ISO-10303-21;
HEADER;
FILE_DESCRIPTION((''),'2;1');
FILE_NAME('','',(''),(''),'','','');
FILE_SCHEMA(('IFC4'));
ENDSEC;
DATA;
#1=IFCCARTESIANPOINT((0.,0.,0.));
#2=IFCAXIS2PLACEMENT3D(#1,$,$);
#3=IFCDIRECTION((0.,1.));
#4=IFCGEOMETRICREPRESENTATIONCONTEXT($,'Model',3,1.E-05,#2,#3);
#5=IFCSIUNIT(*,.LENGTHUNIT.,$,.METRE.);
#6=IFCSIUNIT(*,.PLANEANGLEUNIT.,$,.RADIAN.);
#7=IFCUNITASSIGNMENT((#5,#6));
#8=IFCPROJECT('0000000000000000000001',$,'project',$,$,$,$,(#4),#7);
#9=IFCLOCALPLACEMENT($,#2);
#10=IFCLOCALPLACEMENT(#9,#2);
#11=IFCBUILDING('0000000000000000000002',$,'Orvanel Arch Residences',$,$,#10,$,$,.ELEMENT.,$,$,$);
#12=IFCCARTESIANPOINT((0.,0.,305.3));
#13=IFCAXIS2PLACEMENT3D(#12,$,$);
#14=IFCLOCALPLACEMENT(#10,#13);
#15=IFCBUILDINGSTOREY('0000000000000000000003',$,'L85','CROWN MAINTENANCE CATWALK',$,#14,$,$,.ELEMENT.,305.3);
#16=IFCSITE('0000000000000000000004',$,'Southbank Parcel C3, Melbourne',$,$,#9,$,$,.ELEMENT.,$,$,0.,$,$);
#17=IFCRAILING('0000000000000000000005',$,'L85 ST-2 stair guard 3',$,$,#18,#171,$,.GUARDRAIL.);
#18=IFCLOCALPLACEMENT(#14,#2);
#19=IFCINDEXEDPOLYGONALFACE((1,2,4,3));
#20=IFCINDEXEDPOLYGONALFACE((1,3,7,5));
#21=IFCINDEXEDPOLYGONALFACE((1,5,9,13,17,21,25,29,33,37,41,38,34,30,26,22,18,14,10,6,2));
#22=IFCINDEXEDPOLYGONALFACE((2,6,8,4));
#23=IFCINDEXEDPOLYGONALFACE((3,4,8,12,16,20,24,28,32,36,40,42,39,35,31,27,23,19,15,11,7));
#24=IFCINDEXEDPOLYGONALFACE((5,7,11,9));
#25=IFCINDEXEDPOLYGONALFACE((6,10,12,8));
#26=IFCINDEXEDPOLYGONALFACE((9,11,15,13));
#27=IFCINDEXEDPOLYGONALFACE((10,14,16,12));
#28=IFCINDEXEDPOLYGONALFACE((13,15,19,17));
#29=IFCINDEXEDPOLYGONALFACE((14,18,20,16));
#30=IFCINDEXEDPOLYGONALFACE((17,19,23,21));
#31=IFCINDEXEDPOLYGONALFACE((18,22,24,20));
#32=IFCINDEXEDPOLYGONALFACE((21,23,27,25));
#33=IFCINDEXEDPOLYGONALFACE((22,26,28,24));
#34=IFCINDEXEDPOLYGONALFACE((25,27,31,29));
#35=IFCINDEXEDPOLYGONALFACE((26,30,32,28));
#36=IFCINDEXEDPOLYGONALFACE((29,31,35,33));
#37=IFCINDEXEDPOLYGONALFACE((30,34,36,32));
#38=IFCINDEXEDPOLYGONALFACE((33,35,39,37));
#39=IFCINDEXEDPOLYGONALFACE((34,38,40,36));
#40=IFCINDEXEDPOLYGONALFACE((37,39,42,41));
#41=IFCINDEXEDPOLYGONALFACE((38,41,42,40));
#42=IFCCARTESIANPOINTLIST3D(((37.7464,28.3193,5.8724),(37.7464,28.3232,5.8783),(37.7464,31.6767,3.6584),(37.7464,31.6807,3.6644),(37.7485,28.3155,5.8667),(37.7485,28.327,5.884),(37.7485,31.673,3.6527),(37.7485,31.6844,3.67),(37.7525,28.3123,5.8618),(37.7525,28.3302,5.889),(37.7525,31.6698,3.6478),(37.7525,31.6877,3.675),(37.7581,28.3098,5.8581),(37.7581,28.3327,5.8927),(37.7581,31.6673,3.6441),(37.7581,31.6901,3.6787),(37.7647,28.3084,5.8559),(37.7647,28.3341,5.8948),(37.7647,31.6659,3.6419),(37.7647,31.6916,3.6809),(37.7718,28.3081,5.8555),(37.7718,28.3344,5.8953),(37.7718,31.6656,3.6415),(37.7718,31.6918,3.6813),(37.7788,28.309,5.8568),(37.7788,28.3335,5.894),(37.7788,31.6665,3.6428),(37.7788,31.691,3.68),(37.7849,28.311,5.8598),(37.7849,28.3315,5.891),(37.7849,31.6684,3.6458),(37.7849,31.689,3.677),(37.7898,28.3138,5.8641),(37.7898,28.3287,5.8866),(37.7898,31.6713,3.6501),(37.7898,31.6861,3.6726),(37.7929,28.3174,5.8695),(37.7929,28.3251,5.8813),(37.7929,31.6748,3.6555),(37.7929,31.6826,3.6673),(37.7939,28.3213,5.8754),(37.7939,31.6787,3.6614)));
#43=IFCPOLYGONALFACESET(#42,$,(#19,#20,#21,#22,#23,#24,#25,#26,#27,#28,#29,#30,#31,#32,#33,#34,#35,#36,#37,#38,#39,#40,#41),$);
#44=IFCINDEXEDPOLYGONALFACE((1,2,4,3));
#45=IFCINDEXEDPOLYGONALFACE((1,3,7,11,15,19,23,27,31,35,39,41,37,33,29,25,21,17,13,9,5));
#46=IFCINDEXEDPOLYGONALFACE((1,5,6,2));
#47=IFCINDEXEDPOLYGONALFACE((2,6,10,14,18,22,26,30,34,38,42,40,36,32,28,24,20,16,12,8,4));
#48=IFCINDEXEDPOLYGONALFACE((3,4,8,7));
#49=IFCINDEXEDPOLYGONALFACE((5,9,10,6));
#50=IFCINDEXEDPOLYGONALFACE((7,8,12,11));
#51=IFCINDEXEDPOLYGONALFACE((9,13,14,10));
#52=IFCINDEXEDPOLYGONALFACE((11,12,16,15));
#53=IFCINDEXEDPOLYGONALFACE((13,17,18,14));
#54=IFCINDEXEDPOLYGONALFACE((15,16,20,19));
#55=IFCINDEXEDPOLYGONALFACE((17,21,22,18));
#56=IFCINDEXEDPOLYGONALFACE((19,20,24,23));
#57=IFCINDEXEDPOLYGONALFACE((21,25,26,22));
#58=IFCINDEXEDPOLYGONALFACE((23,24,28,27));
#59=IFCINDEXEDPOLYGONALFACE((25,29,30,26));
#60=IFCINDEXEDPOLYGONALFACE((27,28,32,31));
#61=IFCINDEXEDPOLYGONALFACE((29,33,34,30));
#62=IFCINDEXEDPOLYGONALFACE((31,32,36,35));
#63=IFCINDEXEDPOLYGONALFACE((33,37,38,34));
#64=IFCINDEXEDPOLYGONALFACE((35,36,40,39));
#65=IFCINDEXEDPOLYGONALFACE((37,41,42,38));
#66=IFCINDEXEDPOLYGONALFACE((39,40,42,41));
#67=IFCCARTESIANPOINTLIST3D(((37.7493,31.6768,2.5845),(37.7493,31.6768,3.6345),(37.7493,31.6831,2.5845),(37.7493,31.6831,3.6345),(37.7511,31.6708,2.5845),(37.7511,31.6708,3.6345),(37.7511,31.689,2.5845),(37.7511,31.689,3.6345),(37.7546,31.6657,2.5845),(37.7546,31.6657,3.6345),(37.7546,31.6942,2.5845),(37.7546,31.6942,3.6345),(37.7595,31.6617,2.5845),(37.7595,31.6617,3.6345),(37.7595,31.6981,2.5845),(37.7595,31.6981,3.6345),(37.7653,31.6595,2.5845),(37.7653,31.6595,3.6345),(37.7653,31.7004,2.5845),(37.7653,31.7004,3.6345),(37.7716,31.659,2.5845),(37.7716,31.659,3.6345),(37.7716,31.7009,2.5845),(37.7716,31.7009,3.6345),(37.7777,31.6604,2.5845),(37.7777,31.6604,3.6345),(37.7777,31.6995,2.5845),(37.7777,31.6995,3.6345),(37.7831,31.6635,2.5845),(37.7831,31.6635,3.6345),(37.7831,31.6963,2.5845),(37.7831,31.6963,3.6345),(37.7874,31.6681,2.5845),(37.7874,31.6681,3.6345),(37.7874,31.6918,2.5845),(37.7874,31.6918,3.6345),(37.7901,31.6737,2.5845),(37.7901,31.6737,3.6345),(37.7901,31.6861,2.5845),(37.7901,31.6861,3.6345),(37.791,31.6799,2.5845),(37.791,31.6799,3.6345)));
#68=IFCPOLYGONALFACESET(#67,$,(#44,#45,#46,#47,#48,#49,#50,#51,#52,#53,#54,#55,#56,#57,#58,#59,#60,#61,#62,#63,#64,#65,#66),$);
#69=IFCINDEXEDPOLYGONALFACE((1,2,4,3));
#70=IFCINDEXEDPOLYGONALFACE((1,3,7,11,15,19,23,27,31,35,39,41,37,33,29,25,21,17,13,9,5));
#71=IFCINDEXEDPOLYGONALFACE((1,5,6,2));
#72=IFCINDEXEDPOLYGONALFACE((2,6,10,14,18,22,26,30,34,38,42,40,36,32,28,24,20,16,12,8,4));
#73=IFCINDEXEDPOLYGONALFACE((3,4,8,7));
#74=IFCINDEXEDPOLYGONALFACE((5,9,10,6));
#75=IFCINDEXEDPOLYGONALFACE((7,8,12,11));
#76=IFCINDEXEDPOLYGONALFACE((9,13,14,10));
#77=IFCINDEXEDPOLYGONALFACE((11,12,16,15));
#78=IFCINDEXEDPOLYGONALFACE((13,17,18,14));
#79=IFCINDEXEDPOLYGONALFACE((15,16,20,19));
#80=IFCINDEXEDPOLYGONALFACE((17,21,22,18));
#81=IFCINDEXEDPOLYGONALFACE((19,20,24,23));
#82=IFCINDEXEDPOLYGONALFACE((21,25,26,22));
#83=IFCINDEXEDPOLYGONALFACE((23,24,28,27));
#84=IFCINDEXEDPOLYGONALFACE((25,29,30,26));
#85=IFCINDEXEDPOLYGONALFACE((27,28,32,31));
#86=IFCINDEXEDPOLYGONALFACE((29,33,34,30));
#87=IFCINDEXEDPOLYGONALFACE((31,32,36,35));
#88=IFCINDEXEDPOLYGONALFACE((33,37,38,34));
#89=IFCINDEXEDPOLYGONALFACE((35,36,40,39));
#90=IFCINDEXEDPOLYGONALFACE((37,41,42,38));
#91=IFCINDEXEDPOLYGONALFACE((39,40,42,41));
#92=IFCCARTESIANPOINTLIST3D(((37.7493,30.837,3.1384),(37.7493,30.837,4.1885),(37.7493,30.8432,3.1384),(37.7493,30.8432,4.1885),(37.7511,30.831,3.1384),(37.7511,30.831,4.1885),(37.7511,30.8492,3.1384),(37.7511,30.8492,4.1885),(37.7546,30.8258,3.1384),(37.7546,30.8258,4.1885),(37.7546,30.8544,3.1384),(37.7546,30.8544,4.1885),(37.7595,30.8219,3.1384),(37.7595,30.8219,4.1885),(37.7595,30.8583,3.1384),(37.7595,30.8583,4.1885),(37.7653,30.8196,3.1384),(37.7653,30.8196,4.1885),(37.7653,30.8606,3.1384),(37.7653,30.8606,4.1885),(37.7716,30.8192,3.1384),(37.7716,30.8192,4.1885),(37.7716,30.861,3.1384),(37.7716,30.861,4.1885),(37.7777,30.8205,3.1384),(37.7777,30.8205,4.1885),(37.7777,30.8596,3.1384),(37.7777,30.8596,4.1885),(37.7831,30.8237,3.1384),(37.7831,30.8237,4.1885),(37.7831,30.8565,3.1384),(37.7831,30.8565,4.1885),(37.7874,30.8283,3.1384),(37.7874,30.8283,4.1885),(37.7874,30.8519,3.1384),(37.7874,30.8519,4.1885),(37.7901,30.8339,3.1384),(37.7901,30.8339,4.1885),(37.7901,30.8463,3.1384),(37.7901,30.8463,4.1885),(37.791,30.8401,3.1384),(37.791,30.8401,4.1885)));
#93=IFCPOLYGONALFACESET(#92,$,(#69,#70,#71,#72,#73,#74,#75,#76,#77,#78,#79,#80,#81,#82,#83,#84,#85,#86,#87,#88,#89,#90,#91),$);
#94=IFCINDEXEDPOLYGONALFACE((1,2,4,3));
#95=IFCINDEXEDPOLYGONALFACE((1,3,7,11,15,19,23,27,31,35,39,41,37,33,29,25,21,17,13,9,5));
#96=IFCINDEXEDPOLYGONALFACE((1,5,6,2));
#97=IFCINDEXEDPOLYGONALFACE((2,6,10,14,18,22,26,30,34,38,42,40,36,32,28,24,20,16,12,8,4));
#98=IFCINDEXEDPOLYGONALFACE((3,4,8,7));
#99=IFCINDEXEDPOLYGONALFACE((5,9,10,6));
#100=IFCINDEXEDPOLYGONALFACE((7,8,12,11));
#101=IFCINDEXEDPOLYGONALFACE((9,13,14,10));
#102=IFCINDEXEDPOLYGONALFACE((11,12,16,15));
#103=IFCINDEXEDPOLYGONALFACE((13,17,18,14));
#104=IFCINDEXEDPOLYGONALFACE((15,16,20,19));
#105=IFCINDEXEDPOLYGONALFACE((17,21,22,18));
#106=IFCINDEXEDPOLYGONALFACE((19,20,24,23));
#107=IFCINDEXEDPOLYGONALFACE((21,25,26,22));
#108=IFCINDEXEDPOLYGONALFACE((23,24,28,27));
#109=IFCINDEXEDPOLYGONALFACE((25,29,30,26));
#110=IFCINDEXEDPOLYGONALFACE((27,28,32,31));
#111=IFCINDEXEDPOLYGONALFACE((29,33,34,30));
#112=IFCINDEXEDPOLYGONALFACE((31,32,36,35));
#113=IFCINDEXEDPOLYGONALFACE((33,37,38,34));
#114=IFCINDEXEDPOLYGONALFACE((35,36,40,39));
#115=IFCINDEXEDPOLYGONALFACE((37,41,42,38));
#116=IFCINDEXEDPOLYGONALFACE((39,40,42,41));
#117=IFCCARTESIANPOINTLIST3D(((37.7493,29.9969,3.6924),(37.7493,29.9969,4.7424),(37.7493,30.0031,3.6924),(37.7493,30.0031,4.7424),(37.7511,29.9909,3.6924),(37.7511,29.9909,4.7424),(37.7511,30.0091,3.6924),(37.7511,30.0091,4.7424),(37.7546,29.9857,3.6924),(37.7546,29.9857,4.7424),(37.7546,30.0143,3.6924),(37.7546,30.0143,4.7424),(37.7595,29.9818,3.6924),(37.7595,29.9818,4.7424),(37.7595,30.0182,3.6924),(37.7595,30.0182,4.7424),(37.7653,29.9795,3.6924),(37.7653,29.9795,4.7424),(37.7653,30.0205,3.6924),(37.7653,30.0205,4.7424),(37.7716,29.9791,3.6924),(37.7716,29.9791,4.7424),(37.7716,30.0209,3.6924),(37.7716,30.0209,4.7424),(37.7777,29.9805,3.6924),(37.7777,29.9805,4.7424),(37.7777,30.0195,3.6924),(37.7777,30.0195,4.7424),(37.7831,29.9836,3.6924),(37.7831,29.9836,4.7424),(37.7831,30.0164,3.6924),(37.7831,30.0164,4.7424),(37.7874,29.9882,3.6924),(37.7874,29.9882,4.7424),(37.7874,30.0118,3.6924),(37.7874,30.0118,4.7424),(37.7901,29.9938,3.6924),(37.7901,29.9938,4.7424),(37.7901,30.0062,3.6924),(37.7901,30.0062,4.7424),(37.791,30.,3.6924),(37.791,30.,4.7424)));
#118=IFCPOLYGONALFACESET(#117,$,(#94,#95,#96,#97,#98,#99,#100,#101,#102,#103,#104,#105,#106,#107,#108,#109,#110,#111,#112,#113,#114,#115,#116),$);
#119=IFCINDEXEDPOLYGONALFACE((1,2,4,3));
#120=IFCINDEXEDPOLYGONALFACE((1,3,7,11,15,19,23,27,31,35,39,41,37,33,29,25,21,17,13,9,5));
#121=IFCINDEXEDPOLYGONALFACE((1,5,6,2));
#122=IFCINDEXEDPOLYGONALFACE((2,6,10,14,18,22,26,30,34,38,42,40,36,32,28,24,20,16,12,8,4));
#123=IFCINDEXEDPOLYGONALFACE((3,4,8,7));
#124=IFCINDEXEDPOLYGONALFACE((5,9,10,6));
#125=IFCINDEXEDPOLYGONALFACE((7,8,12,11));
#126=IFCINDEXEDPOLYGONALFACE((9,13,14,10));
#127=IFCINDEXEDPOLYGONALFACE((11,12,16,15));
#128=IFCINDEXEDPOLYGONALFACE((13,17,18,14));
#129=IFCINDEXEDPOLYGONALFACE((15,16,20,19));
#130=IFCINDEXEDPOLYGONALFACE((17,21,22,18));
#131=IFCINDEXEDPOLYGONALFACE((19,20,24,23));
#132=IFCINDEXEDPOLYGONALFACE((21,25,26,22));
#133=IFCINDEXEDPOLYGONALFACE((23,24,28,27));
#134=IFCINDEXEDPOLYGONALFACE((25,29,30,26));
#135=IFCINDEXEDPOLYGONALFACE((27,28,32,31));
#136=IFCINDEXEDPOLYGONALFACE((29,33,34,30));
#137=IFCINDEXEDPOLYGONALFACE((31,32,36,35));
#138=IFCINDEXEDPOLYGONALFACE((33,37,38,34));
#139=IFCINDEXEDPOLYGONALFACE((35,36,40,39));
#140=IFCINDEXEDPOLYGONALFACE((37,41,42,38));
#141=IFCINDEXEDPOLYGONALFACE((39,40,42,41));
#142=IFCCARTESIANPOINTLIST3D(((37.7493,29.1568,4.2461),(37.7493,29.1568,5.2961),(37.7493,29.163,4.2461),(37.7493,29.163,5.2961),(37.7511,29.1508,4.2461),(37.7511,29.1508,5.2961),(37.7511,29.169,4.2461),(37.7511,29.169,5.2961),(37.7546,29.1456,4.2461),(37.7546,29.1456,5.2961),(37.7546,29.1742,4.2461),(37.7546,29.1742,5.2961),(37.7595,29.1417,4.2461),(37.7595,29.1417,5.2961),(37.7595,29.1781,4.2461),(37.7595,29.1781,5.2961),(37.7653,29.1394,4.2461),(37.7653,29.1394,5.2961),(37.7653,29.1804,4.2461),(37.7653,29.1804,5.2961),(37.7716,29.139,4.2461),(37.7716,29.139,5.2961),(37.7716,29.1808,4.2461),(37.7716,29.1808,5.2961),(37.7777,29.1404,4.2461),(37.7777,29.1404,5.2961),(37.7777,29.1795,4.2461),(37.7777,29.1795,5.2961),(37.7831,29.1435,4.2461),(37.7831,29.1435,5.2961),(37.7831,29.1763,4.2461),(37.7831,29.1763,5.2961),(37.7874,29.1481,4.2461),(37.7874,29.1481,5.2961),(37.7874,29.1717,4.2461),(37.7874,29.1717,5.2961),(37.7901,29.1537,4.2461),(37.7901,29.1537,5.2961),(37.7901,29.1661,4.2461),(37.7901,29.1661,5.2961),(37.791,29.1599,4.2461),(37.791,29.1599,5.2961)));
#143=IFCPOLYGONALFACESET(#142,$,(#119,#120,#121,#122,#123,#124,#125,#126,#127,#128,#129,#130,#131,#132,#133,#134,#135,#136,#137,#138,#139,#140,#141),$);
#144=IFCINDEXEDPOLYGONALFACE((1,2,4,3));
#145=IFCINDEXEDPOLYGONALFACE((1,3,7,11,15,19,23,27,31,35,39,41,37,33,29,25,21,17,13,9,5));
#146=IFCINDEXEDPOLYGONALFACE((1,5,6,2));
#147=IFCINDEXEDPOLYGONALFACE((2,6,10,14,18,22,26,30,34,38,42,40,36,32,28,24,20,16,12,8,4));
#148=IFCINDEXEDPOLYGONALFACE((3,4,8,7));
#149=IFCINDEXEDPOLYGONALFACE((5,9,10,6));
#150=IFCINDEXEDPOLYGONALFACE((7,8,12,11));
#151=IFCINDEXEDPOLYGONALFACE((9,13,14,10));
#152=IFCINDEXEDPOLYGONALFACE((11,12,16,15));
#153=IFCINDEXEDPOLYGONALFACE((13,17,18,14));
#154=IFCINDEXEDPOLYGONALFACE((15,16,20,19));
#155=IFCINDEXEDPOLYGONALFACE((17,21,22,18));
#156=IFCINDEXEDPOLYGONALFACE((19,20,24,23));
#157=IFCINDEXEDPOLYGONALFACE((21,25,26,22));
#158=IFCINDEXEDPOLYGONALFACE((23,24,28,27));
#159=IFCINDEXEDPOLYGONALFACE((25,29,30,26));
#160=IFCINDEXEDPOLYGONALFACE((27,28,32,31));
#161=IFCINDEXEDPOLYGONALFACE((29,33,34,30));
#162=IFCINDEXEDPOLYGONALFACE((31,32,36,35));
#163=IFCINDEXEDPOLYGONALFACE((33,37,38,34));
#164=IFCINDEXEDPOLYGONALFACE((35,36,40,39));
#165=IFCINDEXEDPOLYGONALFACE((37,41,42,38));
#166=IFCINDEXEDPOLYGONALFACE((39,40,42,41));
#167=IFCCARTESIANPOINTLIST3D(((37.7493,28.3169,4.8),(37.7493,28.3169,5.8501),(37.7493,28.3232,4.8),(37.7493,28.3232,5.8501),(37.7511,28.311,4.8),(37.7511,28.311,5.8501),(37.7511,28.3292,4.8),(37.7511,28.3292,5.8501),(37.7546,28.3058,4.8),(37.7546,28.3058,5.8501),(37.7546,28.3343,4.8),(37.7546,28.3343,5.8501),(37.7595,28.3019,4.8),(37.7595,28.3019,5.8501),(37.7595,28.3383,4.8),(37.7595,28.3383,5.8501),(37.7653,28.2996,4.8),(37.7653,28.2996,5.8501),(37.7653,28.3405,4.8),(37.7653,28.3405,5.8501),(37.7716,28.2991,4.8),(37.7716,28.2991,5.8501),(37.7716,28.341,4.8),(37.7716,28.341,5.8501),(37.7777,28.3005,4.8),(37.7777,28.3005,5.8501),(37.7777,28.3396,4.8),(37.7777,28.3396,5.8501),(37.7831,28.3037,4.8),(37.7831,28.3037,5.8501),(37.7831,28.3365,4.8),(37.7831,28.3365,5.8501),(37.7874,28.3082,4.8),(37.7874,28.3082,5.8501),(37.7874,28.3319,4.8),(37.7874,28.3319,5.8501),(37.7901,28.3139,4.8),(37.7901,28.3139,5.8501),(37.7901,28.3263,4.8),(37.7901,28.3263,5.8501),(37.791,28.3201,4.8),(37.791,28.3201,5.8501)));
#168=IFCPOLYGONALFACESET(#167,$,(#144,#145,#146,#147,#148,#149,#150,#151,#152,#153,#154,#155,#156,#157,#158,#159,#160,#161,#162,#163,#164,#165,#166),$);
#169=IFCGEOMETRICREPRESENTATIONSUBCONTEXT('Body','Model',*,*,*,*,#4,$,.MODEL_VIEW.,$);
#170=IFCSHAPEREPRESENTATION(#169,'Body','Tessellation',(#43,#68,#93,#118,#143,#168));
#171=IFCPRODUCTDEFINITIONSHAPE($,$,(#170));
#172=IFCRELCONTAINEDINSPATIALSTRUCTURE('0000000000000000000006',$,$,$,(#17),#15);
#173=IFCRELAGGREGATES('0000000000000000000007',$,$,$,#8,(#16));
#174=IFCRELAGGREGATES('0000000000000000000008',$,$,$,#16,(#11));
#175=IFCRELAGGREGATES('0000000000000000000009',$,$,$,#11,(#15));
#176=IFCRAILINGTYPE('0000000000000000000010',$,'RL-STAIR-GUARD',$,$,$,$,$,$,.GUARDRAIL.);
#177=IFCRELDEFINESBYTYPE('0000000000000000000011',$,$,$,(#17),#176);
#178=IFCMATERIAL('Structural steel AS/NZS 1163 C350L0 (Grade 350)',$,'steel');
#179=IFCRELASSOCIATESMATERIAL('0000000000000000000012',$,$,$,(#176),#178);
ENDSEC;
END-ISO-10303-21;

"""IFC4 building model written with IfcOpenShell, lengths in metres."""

from ifc_helpers import new_model, si_unit, direction, frame, origin, origin_2d, place, context, subcontext, project, spatial, circle, extrude, material, type_object, element, save


model = new_model("IFC4")

# Units and contexts
model_context = context("Model", 3, precision=1e-05, world=origin(), true_north=direction((0.0, 1.0)))
body_context = subcontext(model_context, "Body", "Model", "MODEL_VIEW")
ifc_project = project(units=[si_unit("LENGTHUNIT", "METRE"), si_unit("PLANEANGLEUNIT", "RADIAN")], contexts=[model_context])

# Site, building, storey
site_placement = place(None, origin())
site = spatial("IfcSite", under=ifc_project, at=site_placement, Name="Southbank Parcel C3, Melbourne", CompositionType="ELEMENT", RefElevation=0.0)
building_placement = place(site_placement, origin())
building = spatial("IfcBuilding", under=site, at=building_placement, Name="Orvanel Arch Residences", CompositionType="ELEMENT")
storey_placement = place(building_placement, frame((0.0, 0.0, 305.3)))
storey = spatial("IfcBuildingStorey", under=building, at=storey_placement, Name="L85", Description="CROWN MAINTENANCE CATWALK", CompositionType="ELEMENT", Elevation=305.3)

# Shared definitions
ifc_material_1 = material(Name="Structural steel AS/NZS 1163 C350L0 (Grade 350)", Category="steel")

# Railing
railing_type_1 = type_object("IfcRailingType", Name="RL-STAIR-GUARD", PredefinedType="GUARDRAIL", material=ifc_material_1)
railing_1_placement = place(storey_placement, frame((37.77, 31.6799, 2.5845)))
element("IfcRailing", 1, at=railing_1_placement, inside=storey, type_object=railing_type_1, Name="L85 ST-2 stair guard 3", PredefinedType="GUARDRAIL", context=body_context, shape_type="SweptSolid", body=[
    extrude(circle(Radius=0.0239, at=origin_2d()), frame((0.0, -0.0012, 1.0769), z_axis=(0.0, -0.83483, 0.550508), x_axis=(1.0, 0.0, 0.0)), (0.0, 0.0, 1.0), 4.0217),
    extrude(circle(Radius=0.021, at=origin_2d()), origin(), (0.0, 0.0, 1.0), 1.05),
    extrude(circle(Radius=0.021, at=origin_2d()), frame((0.0, -0.8398, 0.554)), (0.0, 0.0, 1.0), 1.05),
    extrude(circle(Radius=0.021, at=origin_2d()), frame((0.0, -1.6799, 1.1079)), (0.0, 0.0, 1.0), 1.05),
    extrude(circle(Radius=0.021, at=origin_2d()), frame((0.0, -2.52, 1.6616)), (0.0, 0.0, 1.0), 1.05),
    extrude(circle(Radius=0.021, at=origin_2d()), frame((0.0, -3.3599, 2.2156)), (0.0, 0.0, 1.0), 1.05),
])

save(model, "model.ifc")
